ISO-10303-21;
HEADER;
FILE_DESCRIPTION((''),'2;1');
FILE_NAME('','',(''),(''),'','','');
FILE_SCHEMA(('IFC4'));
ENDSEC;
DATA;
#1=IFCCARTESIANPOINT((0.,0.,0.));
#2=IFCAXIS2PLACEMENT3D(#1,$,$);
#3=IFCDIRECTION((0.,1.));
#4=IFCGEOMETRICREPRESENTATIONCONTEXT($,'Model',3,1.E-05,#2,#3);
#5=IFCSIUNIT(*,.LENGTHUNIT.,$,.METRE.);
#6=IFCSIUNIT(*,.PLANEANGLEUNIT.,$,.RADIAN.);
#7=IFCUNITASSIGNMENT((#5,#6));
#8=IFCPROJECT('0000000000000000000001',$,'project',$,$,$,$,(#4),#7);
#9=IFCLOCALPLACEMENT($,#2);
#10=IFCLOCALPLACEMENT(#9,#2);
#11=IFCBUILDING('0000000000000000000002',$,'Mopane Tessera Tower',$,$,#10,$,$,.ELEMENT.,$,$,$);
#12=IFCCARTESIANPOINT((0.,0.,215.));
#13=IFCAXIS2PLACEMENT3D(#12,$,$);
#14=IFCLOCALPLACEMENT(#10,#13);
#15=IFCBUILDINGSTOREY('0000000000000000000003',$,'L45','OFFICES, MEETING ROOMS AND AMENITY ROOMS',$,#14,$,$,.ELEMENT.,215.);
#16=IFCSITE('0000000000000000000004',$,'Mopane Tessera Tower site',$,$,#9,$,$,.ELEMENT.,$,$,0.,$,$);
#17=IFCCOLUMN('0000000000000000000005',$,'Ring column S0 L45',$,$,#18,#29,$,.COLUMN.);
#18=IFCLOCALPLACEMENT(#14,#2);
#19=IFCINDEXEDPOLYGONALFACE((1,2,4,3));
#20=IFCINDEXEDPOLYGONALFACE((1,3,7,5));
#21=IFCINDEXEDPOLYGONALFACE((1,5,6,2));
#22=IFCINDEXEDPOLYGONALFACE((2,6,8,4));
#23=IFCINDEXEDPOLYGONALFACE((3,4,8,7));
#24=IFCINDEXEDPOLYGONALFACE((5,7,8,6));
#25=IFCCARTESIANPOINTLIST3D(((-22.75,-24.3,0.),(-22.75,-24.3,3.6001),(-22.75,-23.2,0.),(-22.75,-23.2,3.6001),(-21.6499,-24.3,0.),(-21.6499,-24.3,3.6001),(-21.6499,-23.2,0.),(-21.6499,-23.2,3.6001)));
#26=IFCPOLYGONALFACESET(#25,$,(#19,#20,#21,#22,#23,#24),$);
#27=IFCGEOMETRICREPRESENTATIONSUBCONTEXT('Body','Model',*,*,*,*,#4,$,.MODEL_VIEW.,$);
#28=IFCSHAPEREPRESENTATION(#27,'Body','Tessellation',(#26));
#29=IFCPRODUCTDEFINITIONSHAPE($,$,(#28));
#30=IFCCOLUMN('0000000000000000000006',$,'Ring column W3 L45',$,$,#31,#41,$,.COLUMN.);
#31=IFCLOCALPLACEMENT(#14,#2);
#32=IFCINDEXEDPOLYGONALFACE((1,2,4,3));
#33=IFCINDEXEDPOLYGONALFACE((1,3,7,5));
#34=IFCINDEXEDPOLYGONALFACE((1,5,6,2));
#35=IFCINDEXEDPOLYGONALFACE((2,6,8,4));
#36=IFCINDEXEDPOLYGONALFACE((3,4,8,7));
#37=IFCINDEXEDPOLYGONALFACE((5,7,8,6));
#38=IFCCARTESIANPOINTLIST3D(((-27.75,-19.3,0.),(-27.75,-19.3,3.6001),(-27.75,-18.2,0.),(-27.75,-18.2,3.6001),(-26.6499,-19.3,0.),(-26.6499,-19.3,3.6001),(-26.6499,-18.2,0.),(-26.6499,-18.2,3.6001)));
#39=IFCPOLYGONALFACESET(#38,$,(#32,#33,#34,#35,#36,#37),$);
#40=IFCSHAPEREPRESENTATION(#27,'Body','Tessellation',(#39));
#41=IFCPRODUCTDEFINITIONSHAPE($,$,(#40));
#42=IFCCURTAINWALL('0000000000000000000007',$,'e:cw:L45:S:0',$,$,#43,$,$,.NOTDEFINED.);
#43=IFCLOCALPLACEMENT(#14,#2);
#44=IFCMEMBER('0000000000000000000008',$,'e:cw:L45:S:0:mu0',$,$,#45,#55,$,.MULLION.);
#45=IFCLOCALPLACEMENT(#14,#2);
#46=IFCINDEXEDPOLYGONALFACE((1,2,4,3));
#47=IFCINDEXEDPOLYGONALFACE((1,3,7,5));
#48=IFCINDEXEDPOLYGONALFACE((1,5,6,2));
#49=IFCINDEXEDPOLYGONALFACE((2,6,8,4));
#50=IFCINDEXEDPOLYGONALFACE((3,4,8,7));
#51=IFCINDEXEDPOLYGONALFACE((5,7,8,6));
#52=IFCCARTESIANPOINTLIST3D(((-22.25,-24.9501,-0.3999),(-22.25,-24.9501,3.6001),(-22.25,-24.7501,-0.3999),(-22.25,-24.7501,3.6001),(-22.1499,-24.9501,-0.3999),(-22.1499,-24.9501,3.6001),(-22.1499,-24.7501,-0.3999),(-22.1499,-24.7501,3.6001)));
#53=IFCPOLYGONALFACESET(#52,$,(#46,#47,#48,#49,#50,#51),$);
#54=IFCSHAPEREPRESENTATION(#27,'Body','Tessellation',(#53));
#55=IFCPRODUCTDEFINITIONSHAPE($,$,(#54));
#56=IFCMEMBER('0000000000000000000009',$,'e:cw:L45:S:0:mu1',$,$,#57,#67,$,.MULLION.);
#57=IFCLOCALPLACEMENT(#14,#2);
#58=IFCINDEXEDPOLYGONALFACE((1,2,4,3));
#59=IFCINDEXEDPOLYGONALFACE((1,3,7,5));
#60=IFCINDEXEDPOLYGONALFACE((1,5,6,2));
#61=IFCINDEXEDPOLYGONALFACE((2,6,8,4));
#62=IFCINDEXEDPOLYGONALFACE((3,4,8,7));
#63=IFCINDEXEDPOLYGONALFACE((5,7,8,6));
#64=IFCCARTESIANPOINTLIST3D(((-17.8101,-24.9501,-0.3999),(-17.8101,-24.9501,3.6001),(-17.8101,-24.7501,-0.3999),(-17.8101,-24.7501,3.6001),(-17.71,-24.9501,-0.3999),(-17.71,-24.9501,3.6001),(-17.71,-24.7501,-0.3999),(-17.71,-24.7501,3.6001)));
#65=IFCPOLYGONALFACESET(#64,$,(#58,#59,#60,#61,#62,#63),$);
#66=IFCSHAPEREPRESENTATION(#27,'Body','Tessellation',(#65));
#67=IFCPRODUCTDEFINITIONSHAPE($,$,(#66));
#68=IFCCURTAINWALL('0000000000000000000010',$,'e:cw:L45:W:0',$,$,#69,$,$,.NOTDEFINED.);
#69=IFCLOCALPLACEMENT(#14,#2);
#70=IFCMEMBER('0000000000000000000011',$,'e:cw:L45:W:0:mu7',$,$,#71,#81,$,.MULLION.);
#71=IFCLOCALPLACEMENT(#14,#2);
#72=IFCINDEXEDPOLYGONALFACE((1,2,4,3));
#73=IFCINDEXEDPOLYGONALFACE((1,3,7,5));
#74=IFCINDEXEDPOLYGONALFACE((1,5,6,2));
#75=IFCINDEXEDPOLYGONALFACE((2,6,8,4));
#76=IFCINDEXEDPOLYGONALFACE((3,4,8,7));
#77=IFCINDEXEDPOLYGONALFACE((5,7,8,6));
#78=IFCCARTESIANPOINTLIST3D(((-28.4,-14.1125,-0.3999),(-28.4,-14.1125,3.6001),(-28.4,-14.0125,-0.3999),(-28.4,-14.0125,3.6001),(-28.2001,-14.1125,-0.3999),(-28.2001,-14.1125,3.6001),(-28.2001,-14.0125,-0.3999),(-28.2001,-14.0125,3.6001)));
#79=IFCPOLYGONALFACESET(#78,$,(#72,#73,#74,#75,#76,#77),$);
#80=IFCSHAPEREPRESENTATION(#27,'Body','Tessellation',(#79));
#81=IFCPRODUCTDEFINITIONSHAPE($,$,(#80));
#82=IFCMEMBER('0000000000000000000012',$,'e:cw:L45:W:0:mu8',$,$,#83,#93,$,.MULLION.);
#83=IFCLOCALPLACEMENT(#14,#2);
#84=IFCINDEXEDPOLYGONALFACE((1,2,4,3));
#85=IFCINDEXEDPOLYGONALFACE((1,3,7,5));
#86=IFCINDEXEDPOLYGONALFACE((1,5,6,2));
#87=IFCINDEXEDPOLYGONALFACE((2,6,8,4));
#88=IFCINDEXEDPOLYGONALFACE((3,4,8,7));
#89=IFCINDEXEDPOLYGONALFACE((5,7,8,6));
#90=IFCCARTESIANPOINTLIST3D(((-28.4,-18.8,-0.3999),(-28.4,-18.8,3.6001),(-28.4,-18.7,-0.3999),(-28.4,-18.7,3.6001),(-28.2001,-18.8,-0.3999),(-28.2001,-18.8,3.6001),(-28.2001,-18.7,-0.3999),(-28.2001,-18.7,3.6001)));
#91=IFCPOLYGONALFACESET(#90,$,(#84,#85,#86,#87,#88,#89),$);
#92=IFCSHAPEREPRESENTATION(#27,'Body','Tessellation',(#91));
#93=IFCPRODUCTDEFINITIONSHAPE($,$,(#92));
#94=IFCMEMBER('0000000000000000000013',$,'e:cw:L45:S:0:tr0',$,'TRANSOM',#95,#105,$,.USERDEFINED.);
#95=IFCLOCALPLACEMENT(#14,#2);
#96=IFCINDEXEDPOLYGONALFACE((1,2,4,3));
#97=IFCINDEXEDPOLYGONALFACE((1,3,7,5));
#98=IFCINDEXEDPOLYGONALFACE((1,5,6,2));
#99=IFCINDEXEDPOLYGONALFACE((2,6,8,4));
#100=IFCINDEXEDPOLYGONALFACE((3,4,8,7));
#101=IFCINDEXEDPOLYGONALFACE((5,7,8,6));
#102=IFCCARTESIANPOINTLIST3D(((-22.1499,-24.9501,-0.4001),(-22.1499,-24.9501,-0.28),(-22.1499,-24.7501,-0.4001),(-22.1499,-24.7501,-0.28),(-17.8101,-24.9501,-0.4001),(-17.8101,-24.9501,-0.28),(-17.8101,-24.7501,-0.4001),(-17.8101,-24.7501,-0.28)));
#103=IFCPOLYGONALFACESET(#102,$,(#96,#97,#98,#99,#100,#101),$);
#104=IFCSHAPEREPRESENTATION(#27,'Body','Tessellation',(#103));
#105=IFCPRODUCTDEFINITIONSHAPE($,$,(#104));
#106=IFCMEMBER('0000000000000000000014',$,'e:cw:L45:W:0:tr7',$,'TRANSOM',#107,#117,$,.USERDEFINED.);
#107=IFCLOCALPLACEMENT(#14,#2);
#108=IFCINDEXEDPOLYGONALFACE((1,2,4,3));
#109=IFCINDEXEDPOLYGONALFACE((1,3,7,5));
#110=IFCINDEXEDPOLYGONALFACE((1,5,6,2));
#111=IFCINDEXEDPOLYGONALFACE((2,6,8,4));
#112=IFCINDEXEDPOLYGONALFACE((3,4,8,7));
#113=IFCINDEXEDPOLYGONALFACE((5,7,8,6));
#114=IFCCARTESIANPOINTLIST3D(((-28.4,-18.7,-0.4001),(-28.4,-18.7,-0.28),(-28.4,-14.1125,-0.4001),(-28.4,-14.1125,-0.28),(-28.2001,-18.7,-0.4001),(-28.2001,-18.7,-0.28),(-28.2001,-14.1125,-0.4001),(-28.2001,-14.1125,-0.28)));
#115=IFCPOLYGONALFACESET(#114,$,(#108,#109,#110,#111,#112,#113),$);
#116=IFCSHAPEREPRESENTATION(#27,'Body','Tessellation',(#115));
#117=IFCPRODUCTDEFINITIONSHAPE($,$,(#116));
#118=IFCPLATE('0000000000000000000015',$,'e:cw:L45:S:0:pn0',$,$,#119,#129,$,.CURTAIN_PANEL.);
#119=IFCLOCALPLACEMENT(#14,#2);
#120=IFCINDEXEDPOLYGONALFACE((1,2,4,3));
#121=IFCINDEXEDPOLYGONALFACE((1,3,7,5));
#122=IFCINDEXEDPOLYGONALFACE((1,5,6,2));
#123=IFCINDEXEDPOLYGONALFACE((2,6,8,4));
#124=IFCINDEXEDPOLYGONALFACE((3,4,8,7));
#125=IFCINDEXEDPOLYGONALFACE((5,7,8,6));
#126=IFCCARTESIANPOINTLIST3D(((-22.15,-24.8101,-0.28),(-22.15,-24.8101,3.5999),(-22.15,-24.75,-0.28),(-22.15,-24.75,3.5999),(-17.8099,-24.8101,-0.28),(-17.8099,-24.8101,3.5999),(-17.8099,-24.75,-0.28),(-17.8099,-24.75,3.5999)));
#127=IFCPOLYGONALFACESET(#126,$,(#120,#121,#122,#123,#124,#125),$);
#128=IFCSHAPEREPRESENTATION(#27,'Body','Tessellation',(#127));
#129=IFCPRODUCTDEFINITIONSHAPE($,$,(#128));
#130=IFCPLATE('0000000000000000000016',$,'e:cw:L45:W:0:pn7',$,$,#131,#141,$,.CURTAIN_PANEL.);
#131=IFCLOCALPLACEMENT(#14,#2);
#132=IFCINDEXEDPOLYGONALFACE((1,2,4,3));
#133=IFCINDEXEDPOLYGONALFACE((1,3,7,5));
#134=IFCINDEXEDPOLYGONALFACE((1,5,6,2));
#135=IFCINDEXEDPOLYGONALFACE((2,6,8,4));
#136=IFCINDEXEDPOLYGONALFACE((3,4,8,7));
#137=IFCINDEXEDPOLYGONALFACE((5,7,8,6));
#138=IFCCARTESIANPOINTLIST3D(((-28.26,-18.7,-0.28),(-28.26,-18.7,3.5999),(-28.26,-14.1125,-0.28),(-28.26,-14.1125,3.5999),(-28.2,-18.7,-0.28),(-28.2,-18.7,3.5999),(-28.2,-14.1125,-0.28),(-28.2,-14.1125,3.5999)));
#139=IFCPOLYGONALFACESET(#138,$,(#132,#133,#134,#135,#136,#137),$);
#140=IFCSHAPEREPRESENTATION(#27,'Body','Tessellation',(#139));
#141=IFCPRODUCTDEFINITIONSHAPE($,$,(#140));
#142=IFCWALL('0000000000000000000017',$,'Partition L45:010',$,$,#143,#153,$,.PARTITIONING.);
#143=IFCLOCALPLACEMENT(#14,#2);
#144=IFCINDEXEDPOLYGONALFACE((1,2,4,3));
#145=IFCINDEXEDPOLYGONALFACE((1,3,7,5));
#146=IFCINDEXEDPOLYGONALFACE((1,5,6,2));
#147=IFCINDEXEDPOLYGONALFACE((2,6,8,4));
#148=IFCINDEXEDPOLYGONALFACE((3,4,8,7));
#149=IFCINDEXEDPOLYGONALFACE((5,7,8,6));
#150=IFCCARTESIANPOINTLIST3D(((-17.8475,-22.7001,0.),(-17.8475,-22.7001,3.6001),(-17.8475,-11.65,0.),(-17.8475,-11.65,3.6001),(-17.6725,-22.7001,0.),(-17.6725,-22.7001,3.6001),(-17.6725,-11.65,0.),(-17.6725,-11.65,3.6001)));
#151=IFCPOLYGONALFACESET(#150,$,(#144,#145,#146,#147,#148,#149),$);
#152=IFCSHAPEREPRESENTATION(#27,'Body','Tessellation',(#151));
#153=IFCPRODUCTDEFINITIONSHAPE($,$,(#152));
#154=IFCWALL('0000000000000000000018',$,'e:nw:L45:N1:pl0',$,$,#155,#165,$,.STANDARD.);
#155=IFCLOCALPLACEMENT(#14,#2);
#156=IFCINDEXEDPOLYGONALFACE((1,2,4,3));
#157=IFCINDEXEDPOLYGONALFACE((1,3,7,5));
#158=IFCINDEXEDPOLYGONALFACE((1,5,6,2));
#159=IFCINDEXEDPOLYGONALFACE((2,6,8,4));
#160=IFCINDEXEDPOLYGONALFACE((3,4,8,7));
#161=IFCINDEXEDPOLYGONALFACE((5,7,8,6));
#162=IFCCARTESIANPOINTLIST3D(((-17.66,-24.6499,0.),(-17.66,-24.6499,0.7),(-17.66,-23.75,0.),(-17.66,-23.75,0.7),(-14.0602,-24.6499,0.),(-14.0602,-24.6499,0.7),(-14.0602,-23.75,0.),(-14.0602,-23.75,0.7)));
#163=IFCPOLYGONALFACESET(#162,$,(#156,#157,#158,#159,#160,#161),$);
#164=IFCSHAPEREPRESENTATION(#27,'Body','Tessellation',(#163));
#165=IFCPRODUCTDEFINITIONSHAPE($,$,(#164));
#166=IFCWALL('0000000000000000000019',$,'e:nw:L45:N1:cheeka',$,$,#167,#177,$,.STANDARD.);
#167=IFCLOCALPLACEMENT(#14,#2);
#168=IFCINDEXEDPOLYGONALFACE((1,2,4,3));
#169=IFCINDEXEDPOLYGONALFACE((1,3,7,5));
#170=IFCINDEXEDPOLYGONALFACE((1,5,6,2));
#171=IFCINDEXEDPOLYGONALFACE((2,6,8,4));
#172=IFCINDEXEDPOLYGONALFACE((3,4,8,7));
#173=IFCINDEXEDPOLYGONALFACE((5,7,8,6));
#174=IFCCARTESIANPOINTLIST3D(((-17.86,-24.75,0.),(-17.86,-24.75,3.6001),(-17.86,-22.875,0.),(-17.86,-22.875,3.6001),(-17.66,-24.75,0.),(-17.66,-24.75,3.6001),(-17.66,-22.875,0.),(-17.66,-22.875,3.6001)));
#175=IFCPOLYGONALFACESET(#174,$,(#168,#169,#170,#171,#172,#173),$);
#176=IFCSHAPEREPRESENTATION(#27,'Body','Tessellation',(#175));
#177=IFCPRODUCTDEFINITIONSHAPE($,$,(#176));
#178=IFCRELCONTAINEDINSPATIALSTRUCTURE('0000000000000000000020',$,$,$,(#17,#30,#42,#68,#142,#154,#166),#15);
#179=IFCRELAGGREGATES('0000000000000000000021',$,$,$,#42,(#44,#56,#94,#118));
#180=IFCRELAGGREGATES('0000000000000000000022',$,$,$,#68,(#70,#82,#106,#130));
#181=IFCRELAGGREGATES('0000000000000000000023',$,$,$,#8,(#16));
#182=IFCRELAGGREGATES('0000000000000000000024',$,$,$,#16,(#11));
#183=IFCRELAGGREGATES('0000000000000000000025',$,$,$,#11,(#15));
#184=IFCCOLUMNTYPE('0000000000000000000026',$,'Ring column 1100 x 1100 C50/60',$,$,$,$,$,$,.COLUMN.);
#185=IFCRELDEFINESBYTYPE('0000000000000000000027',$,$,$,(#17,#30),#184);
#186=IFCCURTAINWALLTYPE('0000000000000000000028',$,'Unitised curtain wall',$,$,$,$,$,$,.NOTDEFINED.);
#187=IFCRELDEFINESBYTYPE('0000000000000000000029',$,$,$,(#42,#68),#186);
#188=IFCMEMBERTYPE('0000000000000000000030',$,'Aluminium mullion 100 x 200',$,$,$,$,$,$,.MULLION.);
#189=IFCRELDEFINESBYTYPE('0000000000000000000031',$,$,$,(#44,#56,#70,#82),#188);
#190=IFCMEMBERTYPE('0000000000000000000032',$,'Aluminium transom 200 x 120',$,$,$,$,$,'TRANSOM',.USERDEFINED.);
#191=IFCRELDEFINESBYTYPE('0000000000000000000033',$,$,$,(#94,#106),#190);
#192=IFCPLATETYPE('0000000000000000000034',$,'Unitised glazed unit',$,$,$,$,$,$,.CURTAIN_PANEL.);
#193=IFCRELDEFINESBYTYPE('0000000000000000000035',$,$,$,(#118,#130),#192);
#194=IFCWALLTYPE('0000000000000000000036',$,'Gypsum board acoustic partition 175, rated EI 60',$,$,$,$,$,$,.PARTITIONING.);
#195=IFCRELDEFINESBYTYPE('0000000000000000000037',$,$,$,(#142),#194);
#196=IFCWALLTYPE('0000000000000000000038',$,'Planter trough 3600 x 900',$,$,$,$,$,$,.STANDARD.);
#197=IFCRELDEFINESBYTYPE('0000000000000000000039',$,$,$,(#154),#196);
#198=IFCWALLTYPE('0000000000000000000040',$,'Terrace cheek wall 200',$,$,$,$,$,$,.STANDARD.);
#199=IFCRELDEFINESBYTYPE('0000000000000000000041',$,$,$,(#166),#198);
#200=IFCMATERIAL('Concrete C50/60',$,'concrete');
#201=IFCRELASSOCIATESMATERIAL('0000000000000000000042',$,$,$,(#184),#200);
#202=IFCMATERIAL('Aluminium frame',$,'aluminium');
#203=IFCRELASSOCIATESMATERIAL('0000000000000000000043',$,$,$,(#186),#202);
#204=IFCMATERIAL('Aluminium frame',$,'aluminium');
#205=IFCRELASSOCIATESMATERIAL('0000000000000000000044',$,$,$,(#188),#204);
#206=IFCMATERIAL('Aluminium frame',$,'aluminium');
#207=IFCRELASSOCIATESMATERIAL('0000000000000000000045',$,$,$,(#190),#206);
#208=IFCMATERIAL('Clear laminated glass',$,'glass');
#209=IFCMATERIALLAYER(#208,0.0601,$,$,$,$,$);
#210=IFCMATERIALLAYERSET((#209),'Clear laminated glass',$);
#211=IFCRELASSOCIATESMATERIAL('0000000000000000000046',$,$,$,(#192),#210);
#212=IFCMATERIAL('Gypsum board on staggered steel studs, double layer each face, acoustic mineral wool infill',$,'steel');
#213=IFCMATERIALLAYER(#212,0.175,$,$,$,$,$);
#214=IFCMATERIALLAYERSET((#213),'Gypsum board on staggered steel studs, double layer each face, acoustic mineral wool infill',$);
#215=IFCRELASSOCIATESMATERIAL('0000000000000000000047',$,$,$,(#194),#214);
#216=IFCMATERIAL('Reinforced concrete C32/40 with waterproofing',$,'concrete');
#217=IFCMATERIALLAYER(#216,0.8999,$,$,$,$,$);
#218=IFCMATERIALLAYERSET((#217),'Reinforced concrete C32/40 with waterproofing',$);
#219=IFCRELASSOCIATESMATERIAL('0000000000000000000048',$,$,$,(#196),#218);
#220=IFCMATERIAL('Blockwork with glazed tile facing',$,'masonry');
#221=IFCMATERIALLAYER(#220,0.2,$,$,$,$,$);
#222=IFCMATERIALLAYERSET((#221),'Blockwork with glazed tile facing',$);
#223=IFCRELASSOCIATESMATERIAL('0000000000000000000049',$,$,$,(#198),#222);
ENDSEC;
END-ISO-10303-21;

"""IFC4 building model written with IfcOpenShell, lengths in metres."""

from ifc_helpers import new_model, si_unit, direction, frame, frame_2d, origin, origin_2d, place, context, subcontext, project, spatial, rectangle, extrude, material, layer, layer_set, material_profile, profile_set, type_object, element, aggregate, save


model = new_model("IFC4")

# Units and contexts
model_context = context("Model", 3, precision=1e-05, world=origin(), true_north=direction((0.0, 1.0)))
body_context = subcontext(model_context, "Body", "Model", "MODEL_VIEW")
ifc_project = project(units=[si_unit("LENGTHUNIT", "METRE"), si_unit("PLANEANGLEUNIT", "RADIAN")], contexts=[model_context])

# Site, building, storey
site_placement = place(None, origin())
site = spatial("IfcSite", under=ifc_project, at=site_placement, Name="Mopane Tessera Tower site", CompositionType="ELEMENT", RefElevation=0.0)
building_placement = place(site_placement, origin())
building = spatial("IfcBuilding", under=site, at=building_placement, Name="Mopane Tessera Tower", CompositionType="ELEMENT")
storey_placement = place(building_placement, frame((0.0, 0.0, 215.0)))
storey = spatial("IfcBuildingStorey", under=building, at=storey_placement, Name="L45", Description="OFFICES, MEETING ROOMS AND AMENITY ROOMS", CompositionType="ELEMENT", Elevation=215.0)

# Columns
ifc_material_1 = material(Name="Concrete C50/60", Category="concrete")
ifc_material_profile_1 = material_profile(ifc_material_1, rectangle(XDim=1.1001, YDim=1.1001, at=origin_2d()))
ifc_profile_set_1 = profile_set([ifc_material_profile_1], Name="Concrete C50/60")
column_type = type_object("IfcColumnType", Name="Ring column 1100 x 1100 C50/60", PredefinedType="COLUMN", material=ifc_profile_set_1)
for number, where, z_axis, x_axis, name in (
    (1, (-22.2, -23.75, 0.0), (0.0, 0.0, 1.0), (1.0, 0.0, 0.0), "Ring column S0 L45"),
    (2, (-27.2, -18.75, 0.0), (0.0, 0.0, 1.0), (1.0, 0.0, 0.0), "Ring column W3 L45"),
):
    element("IfcColumn", number, at=place(storey_placement, frame(where, z_axis=z_axis, x_axis=x_axis)), inside=storey, type_object=column_type, Name=name, PredefinedType="COLUMN", context=body_context, shape_type="SweptSolid", body=[
        extrude(rectangle(XDim=1.1001, YDim=1.1001, at=origin_2d()), origin(), (0.0, 0.0, 1.0), 3.6001),
    ])

# Curtain walls, members
ifc_material_2 = material(Name="Aluminium frame", Category="aluminium")
curtain_wall_type = type_object("IfcCurtainWallType", Name="Unitised curtain wall", PredefinedType="NOTDEFINED", material=ifc_material_2)
curtain_wall_1_placement = place(storey_placement, origin())
curtain_wall_1 = element("IfcCurtainWall", 3, at=curtain_wall_1_placement, inside=storey, type_object=curtain_wall_type, Name="e:cw:L45:S:0", PredefinedType="NOTDEFINED")
ifc_material_3 = material(Name="Aluminium frame", Category="aluminium")
ifc_material_profile_2 = material_profile(ifc_material_3, rectangle(XDim=0.1001, YDim=0.2, at=origin_2d()))
ifc_profile_set_2 = profile_set([ifc_material_profile_2], Name="Aluminium frame")
member_type_1 = type_object("IfcMemberType", Name="Aluminium mullion 100 x 200", PredefinedType="MULLION", material=ifc_profile_set_2)
member_1_placement = place(storey_placement, frame((-22.2, -24.8501, -0.3999), z_axis=(0.0, 0.0, 1.0), x_axis=(1.0, 0.0, 0.0)))
member_1 = element("IfcMember", 4, at=member_1_placement, type_object=member_type_1, Name="e:cw:L45:S:0:mu0", PredefinedType="MULLION", context=body_context, shape_type="SweptSolid", body=[
    extrude(rectangle(XDim=0.1001, YDim=0.2, at=origin_2d()), origin(), (0.0, 0.0, 1.0), 4.0),
])
member_2_placement = place(storey_placement, frame((-17.76, -24.8501, -0.3999), z_axis=(0.0, 0.0, 1.0), x_axis=(1.0, 0.0, 0.0)))
member_2 = element("IfcMember", 5, at=member_2_placement, type_object=member_type_1, Name="e:cw:L45:S:0:mu1", PredefinedType="MULLION", context=body_context, shape_type="SweptSolid", body=[
    extrude(rectangle(XDim=0.1001, YDim=0.2, at=origin_2d()), origin(), (0.0, 0.0, 1.0), 4.0),
])
curtain_wall_2_placement = place(storey_placement, origin())
curtain_wall_2 = element("IfcCurtainWall", 6, at=curtain_wall_2_placement, inside=storey, type_object=curtain_wall_type, Name="e:cw:L45:W:0", PredefinedType="NOTDEFINED")
member_3_placement = place(storey_placement, frame((-28.3, -14.0625, -0.3999), z_axis=(0.0, 0.0, 1.0), x_axis=(0.0, -1.0, 0.0)))
member_3 = element("IfcMember", 7, at=member_3_placement, type_object=member_type_1, Name="e:cw:L45:W:0:mu7", PredefinedType="MULLION", context=body_context, shape_type="SweptSolid", body=[
    extrude(rectangle(XDim=0.1001, YDim=0.2, at=origin_2d()), origin(), (0.0, 0.0, 1.0), 4.0),
])
member_4_placement = place(storey_placement, frame((-28.3, -18.75, -0.3999), z_axis=(0.0, 0.0, 1.0), x_axis=(0.0, -1.0, 0.0)))
member_4 = element("IfcMember", 8, at=member_4_placement, type_object=member_type_1, Name="e:cw:L45:W:0:mu8", PredefinedType="MULLION", context=body_context, shape_type="SweptSolid", body=[
    extrude(rectangle(XDim=0.1001, YDim=0.2, at=origin_2d()), origin(), (0.0, 0.0, 1.0), 4.0),
])

# Members
ifc_material_4 = material(Name="Aluminium frame", Category="aluminium")
ifc_material_profile_3 = material_profile(ifc_material_4, rectangle(XDim=0.2, YDim=0.1201, at=origin_2d()))
ifc_profile_set_3 = profile_set([ifc_material_profile_3], Name="Aluminium frame")
member_type_2 = type_object("IfcMemberType", Name="Aluminium transom 200 x 120", ElementType="TRANSOM", PredefinedType="USERDEFINED", material=ifc_profile_set_3)
member_5_placement = place(storey_placement, frame((-22.1499, -24.8501, -0.3401), z_axis=(1.0, 0.0, 0.0), x_axis=(0.0, 1.0, 0.0)))
member_5 = element("IfcMember", 9, at=member_5_placement, type_object=member_type_2, Name="e:cw:L45:S:0:tr0", ObjectType="TRANSOM", PredefinedType="USERDEFINED", context=body_context, shape_type="SweptSolid", body=[
    extrude(rectangle(XDim=0.2, YDim=0.1201, at=origin_2d()), origin(), (0.0, 0.0, 1.0), 4.3398),
])
member_6_placement = place(storey_placement, frame((-28.3, -14.1125, -0.3401), z_axis=(0.0, -1.0, 0.0), x_axis=(1.0, 0.0, 0.0)))
member_6 = element("IfcMember", 10, at=member_6_placement, type_object=member_type_2, Name="e:cw:L45:W:0:tr7", ObjectType="TRANSOM", PredefinedType="USERDEFINED", context=body_context, shape_type="SweptSolid", body=[
    extrude(rectangle(XDim=0.2, YDim=0.1201, at=origin_2d()), origin(), (0.0, 0.0, 1.0), 4.5874),
])

# Plates
ifc_material_5 = material(Name="Clear laminated glass", Category="glass")
ifc_layer_1 = layer(ifc_material_5, 0.0601)
ifc_layer_set_1 = layer_set([ifc_layer_1], Name="Clear laminated glass")
plate_type = type_object("IfcPlateType", Name="Unitised glazed unit", PredefinedType="CURTAIN_PANEL", material=ifc_layer_set_1)
plate_1_placement = place(storey_placement, frame((-19.98, -24.78, -0.28), z_axis=(0.0, 0.0, 1.0), x_axis=(1.0, 0.0, 0.0)))
plate_1 = element("IfcPlate", 11, at=plate_1_placement, type_object=plate_type, Name="e:cw:L45:S:0:pn0", PredefinedType="CURTAIN_PANEL", context=body_context, shape_type="SweptSolid", body=[
    extrude(rectangle(XDim=4.3401, YDim=0.0601, at=origin_2d()), origin(), (0.0, 0.0, 1.0), 3.8799),
])
aggregate(curtain_wall_1, [member_1, member_2, member_5, plate_1])
plate_2_placement = place(storey_placement, frame((-28.23, -16.4062, -0.28), z_axis=(0.0, 0.0, 1.0), x_axis=(0.0, -1.0, 0.0)))
plate_2 = element("IfcPlate", 12, at=plate_2_placement, type_object=plate_type, Name="e:cw:L45:W:0:pn7", PredefinedType="CURTAIN_PANEL", context=body_context, shape_type="SweptSolid", body=[
    extrude(rectangle(XDim=4.5874, YDim=0.0601, at=origin_2d()), origin(), (0.0, 0.0, 1.0), 3.8799),
])
aggregate(curtain_wall_2, [member_3, member_4, member_6, plate_2])

# Walls
ifc_material_6 = material(Name="Gypsum board on staggered steel studs, double layer each face, acoustic mineral wool infill", Category="steel")
ifc_layer_2 = layer(ifc_material_6, 0.175)
ifc_layer_set_2 = layer_set([ifc_layer_2], Name="Gypsum board on staggered steel studs, double layer each face, acoustic mineral wool infill")
wall_type_1 = type_object("IfcWallType", Name="Gypsum board acoustic partition 175, rated EI 60", PredefinedType="PARTITIONING", material=ifc_layer_set_2)
wall_1_placement = place(storey_placement, frame((-17.76, -22.7, 0.0), z_axis=(0.0, 0.0, 1.0), x_axis=(0.0, 1.0, 0.0)))
element("IfcWall", 13, at=wall_1_placement, inside=storey, type_object=wall_type_1, Name="Partition L45:010", PredefinedType="PARTITIONING", context=body_context, shape_type="SweptSolid", body=[
    extrude(rectangle(XDim=11.05, YDim=0.175, at=frame_2d((5.5249, 0.0))), origin(), (0.0, 0.0, 1.0), 3.6001),
])
ifc_material_7 = material(Name="Reinforced concrete C32/40 with waterproofing", Category="concrete")
ifc_layer_3 = layer(ifc_material_7, 0.8999)
ifc_layer_set_3 = layer_set([ifc_layer_3], Name="Reinforced concrete C32/40 with waterproofing")
wall_type_2 = type_object("IfcWallType", Name="Planter trough 3600 x 900", PredefinedType="STANDARD", material=ifc_layer_set_3)
wall_2_placement = place(storey_placement, frame((-17.6599, -24.2, 0.0), z_axis=(0.0, 0.0, 1.0), x_axis=(1.0, 0.0, 0.0)))
element("IfcWall", 14, at=wall_2_placement, inside=storey, type_object=wall_type_2, Name="e:nw:L45:N1:pl0", PredefinedType="STANDARD", context=body_context, shape_type="SweptSolid", body=[
    extrude(rectangle(XDim=3.5999, YDim=0.8999, at=frame_2d((1.7998, 0.0))), origin(), (0.0, 0.0, 1.0), 0.7),
])
ifc_material_8 = material(Name="Blockwork with glazed tile facing", Category="masonry")
ifc_layer_4 = layer(ifc_material_8, 0.2)
ifc_layer_set_4 = layer_set([ifc_layer_4], Name="Blockwork with glazed tile facing")
wall_type_3 = type_object("IfcWallType", Name="Terrace cheek wall 200", PredefinedType="STANDARD", material=ifc_layer_set_4)
wall_3_placement = place(storey_placement, frame((-17.76, -24.75, 0.0), z_axis=(0.0, 0.0, 1.0), x_axis=(0.0, 1.0, 0.0)))
element("IfcWall", 15, at=wall_3_placement, inside=storey, type_object=wall_type_3, Name="e:nw:L45:N1:cheeka", PredefinedType="STANDARD", context=body_context, shape_type="SweptSolid", body=[
    extrude(rectangle(XDim=1.875, YDim=0.2, at=frame_2d((0.9375, 0.0))), origin(), (0.0, 0.0, 1.0), 3.6001),
])

save(model, "model.ifc")
